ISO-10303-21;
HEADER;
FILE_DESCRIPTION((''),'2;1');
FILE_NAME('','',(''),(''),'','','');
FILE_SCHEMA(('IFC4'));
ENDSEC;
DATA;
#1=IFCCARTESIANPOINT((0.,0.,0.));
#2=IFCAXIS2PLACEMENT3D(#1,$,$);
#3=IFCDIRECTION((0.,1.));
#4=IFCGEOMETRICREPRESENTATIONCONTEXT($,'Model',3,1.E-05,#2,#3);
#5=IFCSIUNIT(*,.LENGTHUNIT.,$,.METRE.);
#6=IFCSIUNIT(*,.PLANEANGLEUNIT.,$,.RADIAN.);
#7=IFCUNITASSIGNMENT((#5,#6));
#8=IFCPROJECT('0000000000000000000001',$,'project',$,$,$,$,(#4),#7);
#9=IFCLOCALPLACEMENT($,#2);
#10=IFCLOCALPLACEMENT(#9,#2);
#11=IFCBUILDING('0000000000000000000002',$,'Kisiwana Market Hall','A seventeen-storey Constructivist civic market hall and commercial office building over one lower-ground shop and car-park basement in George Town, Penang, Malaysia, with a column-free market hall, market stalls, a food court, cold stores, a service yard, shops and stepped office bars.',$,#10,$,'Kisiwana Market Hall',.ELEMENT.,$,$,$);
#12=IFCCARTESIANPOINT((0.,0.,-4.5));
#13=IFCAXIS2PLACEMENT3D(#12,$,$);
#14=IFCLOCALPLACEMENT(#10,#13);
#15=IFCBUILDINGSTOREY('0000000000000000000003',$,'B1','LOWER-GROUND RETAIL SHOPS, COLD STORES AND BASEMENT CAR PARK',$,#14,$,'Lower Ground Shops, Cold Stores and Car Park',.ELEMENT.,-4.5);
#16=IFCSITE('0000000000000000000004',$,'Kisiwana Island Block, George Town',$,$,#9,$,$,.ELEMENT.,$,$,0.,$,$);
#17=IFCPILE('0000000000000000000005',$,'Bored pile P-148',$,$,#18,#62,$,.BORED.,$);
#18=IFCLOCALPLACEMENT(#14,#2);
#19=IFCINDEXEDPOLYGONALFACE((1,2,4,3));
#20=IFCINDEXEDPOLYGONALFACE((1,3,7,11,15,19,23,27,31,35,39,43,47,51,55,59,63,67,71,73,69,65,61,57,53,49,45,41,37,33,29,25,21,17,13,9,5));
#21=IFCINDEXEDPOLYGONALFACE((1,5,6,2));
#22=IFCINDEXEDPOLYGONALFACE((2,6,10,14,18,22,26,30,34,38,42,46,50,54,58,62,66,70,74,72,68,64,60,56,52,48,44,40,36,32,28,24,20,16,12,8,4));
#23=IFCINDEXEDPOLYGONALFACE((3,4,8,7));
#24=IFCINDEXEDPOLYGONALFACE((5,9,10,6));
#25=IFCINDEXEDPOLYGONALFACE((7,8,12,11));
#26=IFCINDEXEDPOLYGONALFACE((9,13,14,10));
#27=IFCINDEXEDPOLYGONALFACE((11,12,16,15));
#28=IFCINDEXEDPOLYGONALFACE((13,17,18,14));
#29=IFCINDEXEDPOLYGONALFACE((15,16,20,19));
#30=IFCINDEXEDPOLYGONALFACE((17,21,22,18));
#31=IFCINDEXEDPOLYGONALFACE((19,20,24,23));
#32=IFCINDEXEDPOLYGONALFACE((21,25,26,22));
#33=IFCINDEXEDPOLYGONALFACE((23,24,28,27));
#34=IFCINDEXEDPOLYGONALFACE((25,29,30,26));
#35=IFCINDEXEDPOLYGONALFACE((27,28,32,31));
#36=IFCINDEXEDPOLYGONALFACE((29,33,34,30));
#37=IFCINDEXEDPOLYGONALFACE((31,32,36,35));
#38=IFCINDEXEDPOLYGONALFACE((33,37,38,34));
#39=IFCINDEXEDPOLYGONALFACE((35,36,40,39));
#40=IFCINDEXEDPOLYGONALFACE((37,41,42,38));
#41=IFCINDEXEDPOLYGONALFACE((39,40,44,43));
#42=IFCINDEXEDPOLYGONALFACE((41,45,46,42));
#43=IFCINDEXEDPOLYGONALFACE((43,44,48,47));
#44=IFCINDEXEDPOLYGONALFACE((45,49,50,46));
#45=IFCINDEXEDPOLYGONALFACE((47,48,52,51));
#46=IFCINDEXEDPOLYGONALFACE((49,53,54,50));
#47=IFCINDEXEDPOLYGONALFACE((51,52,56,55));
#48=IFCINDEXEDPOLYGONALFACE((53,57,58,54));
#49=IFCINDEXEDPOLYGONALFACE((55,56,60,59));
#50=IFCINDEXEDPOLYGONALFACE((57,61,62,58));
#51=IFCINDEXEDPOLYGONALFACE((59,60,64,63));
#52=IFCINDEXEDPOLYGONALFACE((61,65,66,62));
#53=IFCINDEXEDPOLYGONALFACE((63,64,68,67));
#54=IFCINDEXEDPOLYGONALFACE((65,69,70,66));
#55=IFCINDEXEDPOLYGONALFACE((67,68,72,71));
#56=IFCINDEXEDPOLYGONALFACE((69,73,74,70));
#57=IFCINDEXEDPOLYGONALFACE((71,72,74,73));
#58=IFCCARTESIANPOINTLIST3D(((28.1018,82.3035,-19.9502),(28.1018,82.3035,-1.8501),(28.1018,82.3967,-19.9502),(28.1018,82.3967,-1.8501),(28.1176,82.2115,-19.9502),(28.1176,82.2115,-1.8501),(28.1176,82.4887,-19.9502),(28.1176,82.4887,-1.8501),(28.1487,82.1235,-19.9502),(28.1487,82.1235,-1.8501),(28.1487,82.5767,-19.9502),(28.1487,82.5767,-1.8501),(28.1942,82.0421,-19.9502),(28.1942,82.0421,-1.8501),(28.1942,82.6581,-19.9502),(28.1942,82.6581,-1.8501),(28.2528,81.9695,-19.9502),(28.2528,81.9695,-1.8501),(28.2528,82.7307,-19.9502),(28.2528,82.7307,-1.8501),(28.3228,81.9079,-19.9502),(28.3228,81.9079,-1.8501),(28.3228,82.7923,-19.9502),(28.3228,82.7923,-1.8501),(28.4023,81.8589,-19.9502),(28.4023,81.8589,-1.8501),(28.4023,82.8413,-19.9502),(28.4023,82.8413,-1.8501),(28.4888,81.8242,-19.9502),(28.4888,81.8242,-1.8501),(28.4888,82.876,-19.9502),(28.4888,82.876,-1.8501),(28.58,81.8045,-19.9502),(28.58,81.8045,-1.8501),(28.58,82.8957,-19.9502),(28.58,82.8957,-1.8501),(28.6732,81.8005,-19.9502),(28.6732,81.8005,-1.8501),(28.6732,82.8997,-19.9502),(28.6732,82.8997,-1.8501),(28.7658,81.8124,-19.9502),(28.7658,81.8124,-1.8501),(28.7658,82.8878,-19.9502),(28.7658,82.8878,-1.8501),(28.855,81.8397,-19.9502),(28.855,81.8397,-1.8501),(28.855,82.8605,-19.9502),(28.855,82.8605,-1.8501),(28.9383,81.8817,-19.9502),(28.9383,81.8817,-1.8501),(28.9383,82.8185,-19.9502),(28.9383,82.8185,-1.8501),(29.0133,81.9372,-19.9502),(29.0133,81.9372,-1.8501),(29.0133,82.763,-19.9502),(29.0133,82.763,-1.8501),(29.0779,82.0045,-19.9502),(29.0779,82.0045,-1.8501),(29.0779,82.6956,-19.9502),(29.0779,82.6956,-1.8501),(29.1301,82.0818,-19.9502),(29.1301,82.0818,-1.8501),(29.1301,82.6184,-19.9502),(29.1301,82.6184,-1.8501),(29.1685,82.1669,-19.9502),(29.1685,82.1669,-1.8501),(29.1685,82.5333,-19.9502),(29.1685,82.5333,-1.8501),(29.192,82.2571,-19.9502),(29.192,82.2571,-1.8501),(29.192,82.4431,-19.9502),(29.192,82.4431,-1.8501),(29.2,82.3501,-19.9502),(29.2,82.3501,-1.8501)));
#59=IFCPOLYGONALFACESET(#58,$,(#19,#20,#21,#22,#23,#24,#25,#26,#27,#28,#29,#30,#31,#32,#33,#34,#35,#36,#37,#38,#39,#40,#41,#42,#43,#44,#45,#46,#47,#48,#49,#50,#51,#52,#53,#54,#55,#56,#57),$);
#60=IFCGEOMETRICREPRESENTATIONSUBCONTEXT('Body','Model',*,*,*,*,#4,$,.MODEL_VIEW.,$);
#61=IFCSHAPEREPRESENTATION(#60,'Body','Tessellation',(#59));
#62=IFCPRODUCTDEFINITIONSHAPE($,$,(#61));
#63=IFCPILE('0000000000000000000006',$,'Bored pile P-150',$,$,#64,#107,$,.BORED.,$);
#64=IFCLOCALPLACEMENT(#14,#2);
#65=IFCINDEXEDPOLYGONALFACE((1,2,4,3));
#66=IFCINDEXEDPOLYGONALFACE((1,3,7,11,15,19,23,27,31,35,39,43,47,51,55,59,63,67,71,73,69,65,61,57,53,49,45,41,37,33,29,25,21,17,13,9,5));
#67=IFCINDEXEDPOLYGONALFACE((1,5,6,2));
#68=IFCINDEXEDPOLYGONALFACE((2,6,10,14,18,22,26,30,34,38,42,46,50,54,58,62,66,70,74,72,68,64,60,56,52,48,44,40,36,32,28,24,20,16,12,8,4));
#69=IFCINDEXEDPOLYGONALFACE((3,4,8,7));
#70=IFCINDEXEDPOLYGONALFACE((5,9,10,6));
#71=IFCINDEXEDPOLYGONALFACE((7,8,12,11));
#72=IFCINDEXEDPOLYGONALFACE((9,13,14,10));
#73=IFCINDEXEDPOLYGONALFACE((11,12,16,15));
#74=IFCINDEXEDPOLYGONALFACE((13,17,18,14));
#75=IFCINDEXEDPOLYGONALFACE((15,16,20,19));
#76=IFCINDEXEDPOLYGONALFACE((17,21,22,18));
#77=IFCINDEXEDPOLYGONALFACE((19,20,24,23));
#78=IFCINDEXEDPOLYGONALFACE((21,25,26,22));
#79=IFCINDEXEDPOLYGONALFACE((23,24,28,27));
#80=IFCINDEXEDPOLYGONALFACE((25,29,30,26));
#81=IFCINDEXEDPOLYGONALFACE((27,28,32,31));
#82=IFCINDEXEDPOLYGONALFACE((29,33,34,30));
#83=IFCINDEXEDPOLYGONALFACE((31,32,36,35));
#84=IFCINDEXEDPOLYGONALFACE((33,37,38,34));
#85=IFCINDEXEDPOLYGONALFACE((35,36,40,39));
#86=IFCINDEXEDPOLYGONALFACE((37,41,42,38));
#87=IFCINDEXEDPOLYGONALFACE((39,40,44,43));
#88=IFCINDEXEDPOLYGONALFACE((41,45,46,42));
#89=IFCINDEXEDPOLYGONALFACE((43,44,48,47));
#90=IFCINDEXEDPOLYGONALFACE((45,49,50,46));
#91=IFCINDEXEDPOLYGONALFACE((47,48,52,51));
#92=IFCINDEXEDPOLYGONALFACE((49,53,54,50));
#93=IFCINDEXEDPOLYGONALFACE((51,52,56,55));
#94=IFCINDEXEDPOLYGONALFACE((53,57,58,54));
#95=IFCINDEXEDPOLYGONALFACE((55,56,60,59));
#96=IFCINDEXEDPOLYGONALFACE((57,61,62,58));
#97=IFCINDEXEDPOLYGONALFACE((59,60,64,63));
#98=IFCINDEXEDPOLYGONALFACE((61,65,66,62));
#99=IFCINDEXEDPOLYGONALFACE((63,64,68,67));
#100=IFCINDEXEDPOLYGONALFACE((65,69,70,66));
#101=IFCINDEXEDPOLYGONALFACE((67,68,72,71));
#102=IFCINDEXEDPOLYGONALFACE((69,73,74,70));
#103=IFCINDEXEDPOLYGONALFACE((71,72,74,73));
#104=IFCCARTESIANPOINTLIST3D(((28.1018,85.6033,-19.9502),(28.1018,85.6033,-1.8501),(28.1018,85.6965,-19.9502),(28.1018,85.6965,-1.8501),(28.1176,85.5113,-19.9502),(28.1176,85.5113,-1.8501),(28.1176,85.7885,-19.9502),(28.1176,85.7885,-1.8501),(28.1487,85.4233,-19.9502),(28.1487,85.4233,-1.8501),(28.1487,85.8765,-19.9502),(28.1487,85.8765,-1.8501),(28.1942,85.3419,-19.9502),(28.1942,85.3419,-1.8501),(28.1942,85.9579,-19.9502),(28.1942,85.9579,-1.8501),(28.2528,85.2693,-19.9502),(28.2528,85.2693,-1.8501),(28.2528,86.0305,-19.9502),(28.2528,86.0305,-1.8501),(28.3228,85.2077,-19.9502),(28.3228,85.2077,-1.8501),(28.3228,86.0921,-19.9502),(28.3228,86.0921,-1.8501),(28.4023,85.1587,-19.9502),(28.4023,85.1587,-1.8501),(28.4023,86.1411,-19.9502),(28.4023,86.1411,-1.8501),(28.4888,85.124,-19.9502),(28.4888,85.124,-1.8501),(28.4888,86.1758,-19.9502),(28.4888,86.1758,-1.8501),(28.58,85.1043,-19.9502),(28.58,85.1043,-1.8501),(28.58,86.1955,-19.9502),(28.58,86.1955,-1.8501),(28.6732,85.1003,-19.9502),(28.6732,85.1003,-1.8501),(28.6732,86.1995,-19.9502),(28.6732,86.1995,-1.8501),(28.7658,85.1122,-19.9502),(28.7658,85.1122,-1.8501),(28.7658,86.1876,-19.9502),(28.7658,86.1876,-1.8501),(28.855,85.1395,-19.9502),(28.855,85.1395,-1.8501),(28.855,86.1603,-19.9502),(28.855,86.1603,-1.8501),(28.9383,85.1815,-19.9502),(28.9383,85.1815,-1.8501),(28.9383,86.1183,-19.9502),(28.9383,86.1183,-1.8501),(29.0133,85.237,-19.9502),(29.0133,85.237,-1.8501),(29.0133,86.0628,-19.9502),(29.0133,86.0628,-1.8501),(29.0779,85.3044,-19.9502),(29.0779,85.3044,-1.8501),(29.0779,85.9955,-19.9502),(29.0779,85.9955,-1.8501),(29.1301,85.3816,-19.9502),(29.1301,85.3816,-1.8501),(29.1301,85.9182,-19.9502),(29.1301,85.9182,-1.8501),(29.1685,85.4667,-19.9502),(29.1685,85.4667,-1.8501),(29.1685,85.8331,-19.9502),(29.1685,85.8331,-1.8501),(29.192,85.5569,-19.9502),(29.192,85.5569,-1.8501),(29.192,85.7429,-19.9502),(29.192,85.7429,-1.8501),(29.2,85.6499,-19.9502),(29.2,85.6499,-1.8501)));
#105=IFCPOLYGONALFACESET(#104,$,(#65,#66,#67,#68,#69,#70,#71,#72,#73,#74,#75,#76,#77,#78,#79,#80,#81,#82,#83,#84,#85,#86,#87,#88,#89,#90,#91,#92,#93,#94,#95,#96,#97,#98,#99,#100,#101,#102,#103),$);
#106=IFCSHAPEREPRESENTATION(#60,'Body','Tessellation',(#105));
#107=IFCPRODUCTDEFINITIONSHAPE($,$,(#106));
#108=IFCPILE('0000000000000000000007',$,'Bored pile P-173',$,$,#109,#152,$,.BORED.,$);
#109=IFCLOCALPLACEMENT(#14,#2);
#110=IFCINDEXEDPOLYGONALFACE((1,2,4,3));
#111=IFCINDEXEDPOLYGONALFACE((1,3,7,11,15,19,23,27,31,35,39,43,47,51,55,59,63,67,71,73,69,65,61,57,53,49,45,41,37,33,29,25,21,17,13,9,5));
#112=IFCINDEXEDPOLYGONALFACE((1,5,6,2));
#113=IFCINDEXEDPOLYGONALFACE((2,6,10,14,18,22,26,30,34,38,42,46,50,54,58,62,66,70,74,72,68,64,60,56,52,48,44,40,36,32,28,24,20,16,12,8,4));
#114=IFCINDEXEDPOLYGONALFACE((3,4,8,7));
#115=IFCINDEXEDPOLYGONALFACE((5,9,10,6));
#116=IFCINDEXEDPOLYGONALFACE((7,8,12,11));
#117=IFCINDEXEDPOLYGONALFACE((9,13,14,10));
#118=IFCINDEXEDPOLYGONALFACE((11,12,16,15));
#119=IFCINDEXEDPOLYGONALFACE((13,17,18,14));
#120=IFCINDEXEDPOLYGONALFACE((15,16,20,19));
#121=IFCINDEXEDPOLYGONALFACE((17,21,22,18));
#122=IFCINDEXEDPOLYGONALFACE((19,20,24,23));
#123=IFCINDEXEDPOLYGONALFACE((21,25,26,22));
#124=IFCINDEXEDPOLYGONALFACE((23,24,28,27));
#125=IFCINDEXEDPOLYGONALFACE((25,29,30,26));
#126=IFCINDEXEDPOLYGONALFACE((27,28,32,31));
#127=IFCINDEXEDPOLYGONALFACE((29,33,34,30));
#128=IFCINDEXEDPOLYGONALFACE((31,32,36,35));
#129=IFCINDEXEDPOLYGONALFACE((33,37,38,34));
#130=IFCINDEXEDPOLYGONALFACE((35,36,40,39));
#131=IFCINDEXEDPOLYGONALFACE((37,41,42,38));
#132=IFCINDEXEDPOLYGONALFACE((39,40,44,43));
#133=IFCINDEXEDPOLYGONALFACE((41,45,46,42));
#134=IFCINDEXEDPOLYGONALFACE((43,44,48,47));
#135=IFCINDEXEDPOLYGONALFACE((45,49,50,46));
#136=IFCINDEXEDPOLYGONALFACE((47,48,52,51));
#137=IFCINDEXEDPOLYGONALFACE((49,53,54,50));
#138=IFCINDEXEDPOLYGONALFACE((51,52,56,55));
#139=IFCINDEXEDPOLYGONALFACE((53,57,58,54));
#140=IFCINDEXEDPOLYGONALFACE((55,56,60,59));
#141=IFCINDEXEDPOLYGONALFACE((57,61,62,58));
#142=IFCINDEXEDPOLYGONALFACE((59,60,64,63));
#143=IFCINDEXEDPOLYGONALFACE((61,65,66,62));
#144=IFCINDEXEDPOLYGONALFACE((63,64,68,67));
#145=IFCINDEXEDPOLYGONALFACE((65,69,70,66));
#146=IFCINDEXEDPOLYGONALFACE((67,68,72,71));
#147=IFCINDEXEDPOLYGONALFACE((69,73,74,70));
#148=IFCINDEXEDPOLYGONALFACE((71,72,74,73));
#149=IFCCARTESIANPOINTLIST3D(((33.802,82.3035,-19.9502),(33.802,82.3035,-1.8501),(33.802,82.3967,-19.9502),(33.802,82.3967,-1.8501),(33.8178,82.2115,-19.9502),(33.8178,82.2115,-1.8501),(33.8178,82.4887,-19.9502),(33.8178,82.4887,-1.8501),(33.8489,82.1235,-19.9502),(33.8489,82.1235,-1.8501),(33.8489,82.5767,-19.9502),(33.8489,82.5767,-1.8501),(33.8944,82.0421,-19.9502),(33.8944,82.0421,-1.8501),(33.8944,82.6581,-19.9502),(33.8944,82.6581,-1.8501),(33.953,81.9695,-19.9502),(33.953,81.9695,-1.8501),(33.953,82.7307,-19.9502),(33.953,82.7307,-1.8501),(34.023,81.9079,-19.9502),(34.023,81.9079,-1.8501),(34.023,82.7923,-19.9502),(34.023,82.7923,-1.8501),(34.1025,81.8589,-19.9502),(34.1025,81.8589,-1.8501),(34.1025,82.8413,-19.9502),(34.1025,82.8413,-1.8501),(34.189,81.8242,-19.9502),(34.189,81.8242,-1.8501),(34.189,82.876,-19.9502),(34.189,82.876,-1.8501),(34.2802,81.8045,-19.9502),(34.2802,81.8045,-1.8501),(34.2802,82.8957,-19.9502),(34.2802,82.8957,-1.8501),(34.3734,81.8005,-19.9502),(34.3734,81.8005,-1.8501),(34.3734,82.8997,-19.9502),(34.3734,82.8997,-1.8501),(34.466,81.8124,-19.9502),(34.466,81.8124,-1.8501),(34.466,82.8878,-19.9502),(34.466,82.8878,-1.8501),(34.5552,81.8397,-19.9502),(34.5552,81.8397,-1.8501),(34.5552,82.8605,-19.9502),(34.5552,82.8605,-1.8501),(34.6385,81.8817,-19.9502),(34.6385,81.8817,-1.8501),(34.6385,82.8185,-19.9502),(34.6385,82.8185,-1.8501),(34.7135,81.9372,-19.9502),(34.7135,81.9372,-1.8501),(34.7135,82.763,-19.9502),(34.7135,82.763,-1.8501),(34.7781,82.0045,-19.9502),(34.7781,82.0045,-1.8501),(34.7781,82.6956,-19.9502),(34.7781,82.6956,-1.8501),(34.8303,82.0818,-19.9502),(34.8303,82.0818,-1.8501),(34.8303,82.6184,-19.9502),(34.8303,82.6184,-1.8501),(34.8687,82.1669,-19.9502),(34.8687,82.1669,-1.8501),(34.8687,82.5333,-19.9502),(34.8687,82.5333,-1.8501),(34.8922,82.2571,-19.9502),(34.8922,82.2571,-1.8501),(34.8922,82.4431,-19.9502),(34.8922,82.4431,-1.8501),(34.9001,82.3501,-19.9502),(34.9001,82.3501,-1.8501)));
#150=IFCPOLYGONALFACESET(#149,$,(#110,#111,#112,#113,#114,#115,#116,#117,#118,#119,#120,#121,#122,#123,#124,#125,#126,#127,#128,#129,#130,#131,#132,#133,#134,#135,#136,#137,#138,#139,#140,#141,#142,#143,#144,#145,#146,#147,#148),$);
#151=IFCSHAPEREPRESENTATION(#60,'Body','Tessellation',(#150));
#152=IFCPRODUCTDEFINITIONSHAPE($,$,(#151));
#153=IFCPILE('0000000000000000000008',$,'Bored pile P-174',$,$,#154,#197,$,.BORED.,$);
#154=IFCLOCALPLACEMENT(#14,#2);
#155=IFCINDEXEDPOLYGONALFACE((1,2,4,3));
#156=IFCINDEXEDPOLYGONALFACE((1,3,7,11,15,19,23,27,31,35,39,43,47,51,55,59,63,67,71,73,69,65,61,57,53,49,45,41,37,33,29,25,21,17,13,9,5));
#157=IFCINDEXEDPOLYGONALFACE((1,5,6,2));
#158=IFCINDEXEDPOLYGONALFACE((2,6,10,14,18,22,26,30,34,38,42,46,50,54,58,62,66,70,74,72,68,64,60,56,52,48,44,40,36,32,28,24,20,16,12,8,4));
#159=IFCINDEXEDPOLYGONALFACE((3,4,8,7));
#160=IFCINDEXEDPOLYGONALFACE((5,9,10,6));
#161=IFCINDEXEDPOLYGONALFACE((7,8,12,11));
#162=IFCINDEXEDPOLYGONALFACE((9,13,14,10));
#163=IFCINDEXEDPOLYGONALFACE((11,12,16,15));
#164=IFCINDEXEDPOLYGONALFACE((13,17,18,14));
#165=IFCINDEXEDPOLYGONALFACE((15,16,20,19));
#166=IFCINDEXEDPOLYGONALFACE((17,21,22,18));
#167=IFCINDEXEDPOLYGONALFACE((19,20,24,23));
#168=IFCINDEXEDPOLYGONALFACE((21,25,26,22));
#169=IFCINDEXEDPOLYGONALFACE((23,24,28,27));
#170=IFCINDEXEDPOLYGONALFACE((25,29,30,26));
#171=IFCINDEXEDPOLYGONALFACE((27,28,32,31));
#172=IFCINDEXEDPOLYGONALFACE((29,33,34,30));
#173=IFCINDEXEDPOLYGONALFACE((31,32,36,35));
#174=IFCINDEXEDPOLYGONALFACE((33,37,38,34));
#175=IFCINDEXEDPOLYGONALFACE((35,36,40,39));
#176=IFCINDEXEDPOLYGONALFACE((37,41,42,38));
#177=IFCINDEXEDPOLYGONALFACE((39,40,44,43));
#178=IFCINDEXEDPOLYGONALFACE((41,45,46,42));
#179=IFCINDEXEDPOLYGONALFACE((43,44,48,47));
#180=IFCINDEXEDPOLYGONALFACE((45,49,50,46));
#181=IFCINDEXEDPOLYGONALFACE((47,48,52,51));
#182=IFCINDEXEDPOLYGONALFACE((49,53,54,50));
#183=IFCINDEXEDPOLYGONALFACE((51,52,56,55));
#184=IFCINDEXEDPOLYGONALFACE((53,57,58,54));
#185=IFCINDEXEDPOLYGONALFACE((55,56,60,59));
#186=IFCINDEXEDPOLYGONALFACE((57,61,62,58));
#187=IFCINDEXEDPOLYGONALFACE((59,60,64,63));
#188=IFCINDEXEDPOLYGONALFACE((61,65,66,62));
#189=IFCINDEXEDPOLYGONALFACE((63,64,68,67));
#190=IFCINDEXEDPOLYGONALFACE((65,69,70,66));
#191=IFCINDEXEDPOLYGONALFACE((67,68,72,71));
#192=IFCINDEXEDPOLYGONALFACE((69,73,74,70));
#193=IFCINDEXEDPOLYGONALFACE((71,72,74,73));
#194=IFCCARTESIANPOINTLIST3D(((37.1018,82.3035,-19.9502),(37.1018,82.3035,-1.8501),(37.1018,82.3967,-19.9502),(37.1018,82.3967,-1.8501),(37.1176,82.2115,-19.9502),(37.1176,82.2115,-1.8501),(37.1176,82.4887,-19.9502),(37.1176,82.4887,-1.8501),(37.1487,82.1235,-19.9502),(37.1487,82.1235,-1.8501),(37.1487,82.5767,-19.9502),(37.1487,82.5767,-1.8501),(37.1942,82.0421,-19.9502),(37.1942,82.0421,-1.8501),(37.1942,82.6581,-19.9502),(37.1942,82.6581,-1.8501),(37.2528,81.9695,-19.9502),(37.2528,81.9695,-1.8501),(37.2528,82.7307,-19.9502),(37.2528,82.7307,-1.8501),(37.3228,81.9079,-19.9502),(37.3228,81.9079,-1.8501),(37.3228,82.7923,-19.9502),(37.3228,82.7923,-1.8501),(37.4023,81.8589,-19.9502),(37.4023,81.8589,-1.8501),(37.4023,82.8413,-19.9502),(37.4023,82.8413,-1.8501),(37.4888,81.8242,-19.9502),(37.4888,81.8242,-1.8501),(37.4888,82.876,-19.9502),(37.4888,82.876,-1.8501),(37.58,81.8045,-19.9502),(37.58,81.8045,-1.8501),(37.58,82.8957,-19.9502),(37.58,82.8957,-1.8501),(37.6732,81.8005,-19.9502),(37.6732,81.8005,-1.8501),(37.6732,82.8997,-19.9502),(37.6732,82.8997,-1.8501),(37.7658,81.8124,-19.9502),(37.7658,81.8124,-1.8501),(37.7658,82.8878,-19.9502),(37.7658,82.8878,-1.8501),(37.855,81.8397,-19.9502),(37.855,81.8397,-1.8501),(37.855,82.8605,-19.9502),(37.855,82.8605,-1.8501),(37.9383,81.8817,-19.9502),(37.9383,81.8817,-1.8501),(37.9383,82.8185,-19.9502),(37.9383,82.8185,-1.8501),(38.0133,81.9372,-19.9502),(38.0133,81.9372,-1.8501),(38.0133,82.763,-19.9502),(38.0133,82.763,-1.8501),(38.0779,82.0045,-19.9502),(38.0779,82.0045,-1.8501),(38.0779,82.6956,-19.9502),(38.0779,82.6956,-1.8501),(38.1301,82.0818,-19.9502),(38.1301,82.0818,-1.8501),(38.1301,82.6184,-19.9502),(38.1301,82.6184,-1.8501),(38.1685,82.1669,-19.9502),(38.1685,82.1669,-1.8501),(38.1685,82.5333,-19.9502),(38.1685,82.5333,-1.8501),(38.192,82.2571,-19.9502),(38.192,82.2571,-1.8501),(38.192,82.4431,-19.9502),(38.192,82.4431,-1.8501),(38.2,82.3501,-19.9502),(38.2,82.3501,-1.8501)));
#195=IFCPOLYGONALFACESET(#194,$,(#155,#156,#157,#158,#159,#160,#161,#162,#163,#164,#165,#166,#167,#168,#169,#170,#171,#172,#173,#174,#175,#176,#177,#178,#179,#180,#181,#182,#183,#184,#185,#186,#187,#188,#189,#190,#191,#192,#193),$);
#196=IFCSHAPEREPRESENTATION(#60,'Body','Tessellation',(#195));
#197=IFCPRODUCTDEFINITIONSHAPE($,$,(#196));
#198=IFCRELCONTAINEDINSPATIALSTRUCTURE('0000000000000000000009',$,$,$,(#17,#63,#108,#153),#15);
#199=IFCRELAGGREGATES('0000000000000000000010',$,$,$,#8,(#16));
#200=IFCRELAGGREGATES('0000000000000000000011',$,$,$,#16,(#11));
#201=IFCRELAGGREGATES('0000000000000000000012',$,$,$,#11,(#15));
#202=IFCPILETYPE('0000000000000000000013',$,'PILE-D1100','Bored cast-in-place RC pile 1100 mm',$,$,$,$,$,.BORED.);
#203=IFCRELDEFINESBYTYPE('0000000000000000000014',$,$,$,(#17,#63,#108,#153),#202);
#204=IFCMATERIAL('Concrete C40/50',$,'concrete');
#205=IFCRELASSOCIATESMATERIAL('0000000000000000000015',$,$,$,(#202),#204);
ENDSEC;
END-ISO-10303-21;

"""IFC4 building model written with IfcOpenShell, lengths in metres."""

from ifc_helpers import new_model, si_unit, direction, frame, origin, origin_2d, place, context, subcontext, project, spatial, circle, extrude, material, material_profile, profile_set, type_object, element, save


model = new_model("IFC4")

# Units and contexts
model_context = context("Model", 3, precision=1e-05, world=origin(), true_north=direction((0.0, 1.0)))
body_context = subcontext(model_context, "Body", "Model", "MODEL_VIEW")
ifc_project = project(units=[si_unit("LENGTHUNIT", "METRE"), si_unit("PLANEANGLEUNIT", "RADIAN")], contexts=[model_context])

# Site, building, storey
site_placement = place(None, origin())
site = spatial("IfcSite", under=ifc_project, at=site_placement, Name="Kisiwana Island Block, George Town", CompositionType="ELEMENT", RefElevation=0.0)
building_placement = place(site_placement, origin())
building = spatial("IfcBuilding", under=site, at=building_placement, Name="Kisiwana Market Hall", Description="A seventeen-storey Constructivist civic market hall and commercial office building over one lower-ground shop and car-park basement in George Town, Penang, Malaysia, with a column-free market hall, market stalls, a food court, cold stores, a service yard, shops and stepped office bars.", LongName="Kisiwana Market Hall", CompositionType="ELEMENT")
storey_placement = place(building_placement, frame((0.0, 0.0, -4.5)))
storey = spatial("IfcBuildingStorey", under=building, at=storey_placement, Name="B1", Description="LOWER-GROUND RETAIL SHOPS, COLD STORES AND BASEMENT CAR PARK", LongName="Lower Ground Shops, Cold Stores and Car Park", CompositionType="ELEMENT", Elevation=-4.5)

# Piles
ifc_material_1 = material(Name="Concrete C40/50", Category="concrete")
ifc_material_profile_1 = material_profile(ifc_material_1, circle(Radius=0.55, at=origin_2d()), Name="BP D1100")
ifc_profile_set_1 = profile_set([ifc_material_profile_1], Name="Concrete C40/50")
pile_type_1 = type_object("IfcPileType", Name="PILE-D1100", Description="Bored cast-in-place RC pile 1100 mm", PredefinedType="BORED", material=ifc_profile_set_1)
for number, where, z_axis, x_axis, name in (
    (1, (28.6499, 82.3501, -1.8501), (0.0, 0.0, -1.0), (1.0, 0.0, 0.0), "Bored pile P-148"),
    (2, (28.6499, 85.6499, -1.8501), (0.0, 0.0, -1.0), (1.0, 0.0, 0.0), "Bored pile P-150"),
    (3, (34.3501, 82.3501, -1.8501), (0.0, 0.0, -1.0), (1.0, 0.0, 0.0), "Bored pile P-173"),
    (4, (37.6499, 82.3501, -1.8501), (0.0, 0.0, -1.0), (1.0, 0.0, 0.0), "Bored pile P-174"),
):
    element("IfcPile", number, at=place(storey_placement, frame(where, z_axis=z_axis, x_axis=x_axis)), inside=storey, type_object=pile_type_1, Name=name, PredefinedType="BORED", context=body_context, shape_type="SweptSolid", body=[
        extrude(circle(Radius=0.55, at=origin_2d()), origin(), (0.0, 0.0, 1.0), 18.1001),
    ])

save(model, "model.ifc")
